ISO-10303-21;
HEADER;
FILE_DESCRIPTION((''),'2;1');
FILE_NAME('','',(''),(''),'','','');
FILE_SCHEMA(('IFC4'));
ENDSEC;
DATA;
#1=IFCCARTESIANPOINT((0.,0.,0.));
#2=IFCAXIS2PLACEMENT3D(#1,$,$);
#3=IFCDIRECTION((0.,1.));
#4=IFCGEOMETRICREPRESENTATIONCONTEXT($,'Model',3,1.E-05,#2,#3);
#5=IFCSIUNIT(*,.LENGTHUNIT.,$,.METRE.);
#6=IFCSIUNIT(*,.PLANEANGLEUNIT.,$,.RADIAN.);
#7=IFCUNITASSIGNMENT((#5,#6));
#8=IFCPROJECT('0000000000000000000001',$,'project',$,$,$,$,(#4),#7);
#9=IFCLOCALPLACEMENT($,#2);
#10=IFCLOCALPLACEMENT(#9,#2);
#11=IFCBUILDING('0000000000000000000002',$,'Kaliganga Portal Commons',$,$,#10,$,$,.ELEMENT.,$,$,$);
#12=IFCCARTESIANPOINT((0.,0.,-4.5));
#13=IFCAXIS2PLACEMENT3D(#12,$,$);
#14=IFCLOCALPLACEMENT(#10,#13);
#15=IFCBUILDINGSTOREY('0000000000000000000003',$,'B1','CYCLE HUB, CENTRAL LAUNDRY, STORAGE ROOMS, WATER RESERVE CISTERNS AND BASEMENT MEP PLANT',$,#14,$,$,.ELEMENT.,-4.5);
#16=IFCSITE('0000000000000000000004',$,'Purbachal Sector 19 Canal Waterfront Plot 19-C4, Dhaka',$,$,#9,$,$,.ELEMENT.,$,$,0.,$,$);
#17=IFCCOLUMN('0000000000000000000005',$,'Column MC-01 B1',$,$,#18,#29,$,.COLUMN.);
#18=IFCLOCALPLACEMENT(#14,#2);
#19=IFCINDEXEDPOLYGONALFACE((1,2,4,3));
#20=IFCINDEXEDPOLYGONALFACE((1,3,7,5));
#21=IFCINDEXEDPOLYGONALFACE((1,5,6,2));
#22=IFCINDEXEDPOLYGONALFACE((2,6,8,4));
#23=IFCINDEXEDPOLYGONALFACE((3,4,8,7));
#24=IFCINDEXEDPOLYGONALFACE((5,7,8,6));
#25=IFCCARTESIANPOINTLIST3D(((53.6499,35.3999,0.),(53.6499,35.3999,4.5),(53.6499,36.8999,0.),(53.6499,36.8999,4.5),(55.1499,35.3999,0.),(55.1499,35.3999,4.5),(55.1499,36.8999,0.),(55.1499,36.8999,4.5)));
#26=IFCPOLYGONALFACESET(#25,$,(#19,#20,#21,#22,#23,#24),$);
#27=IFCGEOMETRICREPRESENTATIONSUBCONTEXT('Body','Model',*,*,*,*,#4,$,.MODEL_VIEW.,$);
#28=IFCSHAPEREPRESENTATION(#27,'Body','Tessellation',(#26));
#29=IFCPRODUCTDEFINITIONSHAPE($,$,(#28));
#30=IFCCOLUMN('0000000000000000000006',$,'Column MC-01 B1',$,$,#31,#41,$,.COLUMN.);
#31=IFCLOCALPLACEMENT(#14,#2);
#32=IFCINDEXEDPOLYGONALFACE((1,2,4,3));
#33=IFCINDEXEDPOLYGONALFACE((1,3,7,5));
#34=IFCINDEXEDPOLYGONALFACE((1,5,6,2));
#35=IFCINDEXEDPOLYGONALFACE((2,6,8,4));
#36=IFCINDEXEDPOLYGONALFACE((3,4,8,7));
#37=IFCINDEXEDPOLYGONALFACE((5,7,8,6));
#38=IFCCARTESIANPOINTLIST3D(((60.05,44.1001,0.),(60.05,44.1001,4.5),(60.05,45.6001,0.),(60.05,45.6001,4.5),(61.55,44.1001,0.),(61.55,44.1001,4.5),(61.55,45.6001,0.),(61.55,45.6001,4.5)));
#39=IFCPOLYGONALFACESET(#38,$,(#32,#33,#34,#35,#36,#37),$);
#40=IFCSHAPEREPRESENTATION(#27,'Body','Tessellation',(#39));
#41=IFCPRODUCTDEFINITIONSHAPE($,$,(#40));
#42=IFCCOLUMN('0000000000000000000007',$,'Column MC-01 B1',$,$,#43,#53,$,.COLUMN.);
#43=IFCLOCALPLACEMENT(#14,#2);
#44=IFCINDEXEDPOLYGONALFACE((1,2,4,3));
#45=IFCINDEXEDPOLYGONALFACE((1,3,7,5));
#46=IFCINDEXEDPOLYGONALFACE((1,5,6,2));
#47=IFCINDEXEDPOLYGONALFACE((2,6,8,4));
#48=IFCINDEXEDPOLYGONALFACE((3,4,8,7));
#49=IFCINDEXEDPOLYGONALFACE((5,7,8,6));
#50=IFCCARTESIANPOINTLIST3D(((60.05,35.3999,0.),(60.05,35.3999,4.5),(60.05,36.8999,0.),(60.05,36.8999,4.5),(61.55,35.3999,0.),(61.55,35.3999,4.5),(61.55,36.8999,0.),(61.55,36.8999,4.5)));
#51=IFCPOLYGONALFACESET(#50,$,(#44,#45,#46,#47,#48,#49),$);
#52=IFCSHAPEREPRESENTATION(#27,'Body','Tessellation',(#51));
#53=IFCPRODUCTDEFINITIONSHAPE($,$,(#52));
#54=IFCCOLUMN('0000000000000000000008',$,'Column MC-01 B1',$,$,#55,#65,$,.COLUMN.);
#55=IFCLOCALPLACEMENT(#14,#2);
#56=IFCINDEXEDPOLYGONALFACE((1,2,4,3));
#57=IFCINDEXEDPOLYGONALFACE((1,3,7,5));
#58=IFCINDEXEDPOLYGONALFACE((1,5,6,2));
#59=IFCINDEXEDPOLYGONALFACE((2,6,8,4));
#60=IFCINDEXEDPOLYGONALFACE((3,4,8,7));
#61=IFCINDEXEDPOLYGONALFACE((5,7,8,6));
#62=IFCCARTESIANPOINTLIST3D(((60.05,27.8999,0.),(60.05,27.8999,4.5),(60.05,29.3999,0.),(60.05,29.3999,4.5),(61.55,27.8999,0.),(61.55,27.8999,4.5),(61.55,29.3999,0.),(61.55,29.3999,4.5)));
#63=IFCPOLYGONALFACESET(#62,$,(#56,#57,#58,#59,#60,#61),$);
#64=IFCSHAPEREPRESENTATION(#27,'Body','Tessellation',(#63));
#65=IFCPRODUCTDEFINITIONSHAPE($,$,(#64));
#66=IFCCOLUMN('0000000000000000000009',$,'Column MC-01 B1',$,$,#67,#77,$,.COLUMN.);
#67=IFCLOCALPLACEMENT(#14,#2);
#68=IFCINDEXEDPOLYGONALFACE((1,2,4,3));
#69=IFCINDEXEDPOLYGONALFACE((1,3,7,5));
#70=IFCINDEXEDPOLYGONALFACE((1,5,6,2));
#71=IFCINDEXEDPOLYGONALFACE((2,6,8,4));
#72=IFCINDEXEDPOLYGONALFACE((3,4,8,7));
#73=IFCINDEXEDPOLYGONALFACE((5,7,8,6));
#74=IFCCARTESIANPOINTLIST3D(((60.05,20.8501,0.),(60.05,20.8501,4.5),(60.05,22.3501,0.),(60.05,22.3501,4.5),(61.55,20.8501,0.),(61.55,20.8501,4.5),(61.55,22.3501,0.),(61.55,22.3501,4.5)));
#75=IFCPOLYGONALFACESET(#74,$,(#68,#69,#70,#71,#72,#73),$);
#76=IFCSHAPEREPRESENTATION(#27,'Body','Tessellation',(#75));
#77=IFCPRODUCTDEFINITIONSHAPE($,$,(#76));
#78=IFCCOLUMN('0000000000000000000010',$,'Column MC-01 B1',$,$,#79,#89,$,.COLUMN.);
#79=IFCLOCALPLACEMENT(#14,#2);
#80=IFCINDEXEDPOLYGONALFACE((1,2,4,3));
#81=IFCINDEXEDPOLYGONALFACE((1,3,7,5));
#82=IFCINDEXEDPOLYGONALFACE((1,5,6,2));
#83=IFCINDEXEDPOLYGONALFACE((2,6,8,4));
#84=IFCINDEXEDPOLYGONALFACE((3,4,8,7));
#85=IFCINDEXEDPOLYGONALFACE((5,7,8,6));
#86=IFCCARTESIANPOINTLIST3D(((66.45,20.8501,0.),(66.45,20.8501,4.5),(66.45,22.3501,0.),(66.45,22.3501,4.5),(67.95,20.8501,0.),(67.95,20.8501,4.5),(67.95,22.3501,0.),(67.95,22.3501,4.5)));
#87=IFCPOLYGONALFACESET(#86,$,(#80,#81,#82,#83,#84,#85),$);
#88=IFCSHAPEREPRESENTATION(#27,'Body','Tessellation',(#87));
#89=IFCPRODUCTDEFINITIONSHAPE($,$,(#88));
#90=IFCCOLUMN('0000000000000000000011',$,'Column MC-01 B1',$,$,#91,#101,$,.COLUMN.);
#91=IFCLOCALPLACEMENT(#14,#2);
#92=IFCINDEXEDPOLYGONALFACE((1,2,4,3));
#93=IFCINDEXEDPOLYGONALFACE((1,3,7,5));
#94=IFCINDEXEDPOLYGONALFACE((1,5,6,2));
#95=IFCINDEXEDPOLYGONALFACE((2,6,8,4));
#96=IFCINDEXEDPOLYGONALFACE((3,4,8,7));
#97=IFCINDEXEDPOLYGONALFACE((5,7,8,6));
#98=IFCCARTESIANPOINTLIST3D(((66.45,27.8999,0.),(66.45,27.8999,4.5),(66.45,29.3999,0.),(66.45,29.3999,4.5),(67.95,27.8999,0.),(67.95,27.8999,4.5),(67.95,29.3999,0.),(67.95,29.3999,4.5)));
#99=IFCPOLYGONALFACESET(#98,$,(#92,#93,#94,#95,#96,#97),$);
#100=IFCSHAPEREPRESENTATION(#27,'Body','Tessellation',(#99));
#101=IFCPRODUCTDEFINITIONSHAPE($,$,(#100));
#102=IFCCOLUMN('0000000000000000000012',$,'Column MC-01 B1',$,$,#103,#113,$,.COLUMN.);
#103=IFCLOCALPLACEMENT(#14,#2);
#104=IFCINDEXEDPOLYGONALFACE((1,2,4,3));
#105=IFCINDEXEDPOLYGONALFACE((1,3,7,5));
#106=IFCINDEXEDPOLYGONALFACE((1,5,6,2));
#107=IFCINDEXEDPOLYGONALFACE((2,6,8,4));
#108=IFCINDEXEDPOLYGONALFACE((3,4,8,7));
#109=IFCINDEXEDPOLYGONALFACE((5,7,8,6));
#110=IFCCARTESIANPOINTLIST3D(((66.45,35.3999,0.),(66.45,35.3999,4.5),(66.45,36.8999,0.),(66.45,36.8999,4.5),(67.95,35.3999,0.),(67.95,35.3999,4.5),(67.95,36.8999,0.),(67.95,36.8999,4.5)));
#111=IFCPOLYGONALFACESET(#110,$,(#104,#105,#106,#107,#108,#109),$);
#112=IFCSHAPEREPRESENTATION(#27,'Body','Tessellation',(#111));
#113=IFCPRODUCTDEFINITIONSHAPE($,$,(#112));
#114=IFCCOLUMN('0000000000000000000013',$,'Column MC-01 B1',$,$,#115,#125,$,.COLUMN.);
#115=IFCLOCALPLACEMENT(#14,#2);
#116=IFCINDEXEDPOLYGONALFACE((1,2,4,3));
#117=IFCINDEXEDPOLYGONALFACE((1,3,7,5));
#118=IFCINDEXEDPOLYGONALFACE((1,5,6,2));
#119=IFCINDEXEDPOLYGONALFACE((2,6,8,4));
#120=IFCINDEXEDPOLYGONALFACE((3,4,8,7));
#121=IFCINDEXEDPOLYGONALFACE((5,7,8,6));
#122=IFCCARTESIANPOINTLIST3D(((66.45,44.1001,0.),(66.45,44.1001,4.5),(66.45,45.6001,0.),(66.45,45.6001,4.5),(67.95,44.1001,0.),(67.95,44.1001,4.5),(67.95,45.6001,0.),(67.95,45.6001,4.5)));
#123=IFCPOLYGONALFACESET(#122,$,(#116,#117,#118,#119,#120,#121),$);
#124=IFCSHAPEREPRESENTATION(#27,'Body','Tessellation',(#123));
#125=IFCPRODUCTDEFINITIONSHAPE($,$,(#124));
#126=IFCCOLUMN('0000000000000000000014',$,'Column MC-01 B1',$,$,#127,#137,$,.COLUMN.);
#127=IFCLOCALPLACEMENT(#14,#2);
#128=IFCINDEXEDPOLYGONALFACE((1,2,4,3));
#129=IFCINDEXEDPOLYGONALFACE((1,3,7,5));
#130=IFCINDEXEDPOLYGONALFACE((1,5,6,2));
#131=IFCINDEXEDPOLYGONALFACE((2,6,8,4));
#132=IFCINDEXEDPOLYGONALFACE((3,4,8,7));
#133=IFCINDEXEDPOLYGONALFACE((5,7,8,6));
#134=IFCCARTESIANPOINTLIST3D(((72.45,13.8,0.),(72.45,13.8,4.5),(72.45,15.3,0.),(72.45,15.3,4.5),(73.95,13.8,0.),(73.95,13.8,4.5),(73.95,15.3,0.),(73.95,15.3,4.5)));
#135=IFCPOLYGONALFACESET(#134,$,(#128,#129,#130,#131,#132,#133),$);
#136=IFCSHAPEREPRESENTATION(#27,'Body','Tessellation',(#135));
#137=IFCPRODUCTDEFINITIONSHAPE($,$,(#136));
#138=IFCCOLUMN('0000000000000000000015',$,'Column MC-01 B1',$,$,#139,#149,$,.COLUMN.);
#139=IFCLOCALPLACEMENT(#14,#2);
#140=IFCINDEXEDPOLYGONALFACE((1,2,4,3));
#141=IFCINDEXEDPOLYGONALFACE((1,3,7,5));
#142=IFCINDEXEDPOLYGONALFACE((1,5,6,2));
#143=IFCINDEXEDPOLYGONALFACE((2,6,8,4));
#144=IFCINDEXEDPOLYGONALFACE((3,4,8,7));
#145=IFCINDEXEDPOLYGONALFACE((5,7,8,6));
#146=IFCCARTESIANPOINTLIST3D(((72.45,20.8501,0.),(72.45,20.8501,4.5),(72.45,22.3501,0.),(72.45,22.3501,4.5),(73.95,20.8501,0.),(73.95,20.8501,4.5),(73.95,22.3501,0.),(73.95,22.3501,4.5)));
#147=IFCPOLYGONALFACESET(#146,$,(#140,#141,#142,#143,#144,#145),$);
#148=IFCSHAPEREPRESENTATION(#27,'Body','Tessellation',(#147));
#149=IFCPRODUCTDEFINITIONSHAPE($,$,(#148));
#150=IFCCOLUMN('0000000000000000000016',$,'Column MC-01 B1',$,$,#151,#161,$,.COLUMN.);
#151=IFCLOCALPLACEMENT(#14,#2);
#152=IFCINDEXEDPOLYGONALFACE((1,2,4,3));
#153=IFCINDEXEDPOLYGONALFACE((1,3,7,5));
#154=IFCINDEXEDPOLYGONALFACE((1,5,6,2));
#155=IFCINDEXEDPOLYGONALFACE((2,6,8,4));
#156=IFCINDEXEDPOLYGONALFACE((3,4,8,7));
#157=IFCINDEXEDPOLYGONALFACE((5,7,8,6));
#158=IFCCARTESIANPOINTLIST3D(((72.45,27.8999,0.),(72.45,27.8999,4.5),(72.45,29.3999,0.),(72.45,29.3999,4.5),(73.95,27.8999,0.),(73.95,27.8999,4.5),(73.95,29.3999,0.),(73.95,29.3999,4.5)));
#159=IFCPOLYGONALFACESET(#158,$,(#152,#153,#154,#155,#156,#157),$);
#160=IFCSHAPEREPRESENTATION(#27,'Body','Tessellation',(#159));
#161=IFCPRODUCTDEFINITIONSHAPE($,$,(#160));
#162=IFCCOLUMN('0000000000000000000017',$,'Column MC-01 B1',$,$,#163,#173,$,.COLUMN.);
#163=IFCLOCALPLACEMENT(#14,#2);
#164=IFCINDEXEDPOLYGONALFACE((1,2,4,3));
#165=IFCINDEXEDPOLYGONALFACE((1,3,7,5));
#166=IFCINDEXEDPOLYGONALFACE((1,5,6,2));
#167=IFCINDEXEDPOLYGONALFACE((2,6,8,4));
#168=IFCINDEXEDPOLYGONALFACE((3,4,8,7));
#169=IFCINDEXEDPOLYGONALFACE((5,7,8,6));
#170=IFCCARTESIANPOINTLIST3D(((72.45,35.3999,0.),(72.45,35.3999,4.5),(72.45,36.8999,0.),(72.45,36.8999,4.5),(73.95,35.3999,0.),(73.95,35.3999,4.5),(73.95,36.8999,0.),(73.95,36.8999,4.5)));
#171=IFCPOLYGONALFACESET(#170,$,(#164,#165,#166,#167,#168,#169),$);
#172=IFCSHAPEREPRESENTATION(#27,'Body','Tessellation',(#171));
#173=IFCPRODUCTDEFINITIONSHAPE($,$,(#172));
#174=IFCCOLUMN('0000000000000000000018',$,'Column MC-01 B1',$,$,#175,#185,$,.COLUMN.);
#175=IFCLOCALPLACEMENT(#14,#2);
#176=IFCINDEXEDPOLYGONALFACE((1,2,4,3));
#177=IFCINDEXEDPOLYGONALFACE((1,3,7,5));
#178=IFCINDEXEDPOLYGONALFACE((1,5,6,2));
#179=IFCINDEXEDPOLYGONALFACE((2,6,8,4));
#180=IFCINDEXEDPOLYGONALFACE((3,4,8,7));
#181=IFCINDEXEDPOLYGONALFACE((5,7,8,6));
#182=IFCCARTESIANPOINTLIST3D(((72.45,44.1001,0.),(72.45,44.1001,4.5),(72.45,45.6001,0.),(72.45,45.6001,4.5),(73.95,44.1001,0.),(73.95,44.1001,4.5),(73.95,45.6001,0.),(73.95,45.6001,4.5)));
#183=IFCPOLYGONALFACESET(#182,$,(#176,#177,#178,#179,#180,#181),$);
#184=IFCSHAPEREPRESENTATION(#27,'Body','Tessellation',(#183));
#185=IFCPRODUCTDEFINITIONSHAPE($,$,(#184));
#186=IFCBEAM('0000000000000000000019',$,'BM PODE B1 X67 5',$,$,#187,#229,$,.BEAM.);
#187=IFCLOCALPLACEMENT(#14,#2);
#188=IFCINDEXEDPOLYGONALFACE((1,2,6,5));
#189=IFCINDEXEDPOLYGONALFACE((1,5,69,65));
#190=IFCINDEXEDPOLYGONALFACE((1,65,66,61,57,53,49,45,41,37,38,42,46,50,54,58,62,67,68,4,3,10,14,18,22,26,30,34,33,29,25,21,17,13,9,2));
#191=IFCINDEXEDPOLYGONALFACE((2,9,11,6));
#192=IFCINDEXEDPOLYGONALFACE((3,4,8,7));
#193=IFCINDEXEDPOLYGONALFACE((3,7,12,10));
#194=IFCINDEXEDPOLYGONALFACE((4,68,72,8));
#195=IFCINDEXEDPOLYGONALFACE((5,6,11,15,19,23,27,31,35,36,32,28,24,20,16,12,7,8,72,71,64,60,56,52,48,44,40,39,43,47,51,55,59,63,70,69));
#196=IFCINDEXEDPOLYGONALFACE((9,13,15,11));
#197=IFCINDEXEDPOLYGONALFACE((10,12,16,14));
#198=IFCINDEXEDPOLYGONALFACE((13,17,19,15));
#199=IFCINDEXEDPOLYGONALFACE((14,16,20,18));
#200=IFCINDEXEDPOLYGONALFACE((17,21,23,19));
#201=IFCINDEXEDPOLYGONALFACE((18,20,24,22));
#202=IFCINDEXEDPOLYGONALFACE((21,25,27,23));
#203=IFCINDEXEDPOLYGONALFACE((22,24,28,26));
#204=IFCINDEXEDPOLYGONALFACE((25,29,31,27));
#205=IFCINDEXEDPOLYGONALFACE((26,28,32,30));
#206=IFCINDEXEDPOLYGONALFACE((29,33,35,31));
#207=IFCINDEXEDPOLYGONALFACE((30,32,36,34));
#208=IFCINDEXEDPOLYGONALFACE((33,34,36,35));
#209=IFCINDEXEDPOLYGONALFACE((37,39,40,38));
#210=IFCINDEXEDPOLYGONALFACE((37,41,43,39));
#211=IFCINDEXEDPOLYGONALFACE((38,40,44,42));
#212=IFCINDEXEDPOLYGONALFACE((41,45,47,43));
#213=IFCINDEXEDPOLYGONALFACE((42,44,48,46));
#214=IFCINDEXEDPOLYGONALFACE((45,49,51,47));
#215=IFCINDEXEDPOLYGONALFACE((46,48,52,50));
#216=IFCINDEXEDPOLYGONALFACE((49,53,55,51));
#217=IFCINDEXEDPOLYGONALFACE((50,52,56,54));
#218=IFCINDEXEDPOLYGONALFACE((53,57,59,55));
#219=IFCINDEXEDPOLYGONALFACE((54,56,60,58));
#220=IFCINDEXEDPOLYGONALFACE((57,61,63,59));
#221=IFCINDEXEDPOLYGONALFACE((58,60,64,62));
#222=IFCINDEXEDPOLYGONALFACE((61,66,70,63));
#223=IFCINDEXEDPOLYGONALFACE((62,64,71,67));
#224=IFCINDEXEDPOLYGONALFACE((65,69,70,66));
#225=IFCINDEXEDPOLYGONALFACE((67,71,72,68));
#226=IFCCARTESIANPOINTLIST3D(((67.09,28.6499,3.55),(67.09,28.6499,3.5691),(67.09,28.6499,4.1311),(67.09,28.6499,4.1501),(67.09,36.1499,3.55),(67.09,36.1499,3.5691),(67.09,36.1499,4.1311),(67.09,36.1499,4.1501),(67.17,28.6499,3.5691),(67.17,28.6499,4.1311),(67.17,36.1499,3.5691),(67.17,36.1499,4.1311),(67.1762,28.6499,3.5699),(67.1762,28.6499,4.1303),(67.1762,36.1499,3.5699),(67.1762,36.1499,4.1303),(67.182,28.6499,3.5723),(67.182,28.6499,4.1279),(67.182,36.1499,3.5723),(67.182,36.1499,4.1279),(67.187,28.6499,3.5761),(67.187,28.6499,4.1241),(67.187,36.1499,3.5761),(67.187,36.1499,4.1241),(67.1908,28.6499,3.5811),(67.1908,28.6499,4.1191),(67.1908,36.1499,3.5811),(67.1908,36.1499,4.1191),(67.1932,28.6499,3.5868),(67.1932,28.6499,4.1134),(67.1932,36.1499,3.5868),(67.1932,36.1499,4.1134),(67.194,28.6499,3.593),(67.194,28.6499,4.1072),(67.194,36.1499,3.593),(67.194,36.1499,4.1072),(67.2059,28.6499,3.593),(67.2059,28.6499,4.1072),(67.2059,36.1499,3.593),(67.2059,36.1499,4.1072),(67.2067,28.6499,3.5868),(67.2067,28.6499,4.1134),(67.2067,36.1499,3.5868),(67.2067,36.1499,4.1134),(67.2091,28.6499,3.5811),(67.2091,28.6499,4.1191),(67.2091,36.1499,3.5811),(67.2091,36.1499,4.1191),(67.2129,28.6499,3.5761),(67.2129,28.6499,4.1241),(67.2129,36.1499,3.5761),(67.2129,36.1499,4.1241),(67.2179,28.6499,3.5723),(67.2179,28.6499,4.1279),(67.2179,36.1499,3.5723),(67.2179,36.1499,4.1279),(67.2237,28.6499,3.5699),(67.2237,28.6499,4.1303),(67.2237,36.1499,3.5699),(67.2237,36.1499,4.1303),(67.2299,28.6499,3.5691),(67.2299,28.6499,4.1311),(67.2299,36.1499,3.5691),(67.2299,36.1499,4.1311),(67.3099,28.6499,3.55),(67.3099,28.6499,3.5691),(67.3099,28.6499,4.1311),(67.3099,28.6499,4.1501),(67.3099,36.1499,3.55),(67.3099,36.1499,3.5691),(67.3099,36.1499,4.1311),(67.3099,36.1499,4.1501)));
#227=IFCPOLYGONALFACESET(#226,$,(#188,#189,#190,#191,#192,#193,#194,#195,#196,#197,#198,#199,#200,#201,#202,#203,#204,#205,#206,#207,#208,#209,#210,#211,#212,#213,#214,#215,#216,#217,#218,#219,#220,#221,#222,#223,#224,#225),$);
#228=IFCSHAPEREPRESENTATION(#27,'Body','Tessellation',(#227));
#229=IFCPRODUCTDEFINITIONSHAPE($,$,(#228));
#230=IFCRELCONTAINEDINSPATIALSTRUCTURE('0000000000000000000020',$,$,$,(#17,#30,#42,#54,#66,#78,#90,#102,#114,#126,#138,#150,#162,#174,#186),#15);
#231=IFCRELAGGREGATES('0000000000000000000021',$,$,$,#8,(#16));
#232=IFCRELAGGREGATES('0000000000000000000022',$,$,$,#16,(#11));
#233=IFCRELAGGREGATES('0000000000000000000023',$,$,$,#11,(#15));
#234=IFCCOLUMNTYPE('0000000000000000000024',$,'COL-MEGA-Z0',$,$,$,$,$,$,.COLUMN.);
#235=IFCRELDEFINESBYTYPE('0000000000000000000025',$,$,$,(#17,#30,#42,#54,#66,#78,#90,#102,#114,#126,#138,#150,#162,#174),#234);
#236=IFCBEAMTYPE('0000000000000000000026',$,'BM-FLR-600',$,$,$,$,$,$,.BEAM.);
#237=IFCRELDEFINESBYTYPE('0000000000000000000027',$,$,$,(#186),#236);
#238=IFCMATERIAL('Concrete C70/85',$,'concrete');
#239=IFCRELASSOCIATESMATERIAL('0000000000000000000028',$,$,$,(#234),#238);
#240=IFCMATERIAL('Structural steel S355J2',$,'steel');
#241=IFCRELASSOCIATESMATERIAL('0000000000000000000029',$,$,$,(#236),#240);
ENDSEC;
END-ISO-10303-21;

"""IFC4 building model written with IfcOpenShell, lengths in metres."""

from ifc_helpers import new_model, si_unit, direction, frame, origin, origin_2d, place, context, subcontext, project, spatial, rectangle, i_section, extrude, source, transform, mapped, material, material_profile, profile_set, type_object, element, save


model = new_model("IFC4")

# Units and contexts
model_context = context("Model", 3, precision=1e-05, world=origin(), true_north=direction((0.0, 1.0)))
body_context = subcontext(model_context, "Body", "Model", "MODEL_VIEW")
ifc_project = project(units=[si_unit("LENGTHUNIT", "METRE"), si_unit("PLANEANGLEUNIT", "RADIAN")], contexts=[model_context])

# Site, building, storey
site_placement = place(None, origin())
site = spatial("IfcSite", under=ifc_project, at=site_placement, Name="Purbachal Sector 19 Canal Waterfront Plot 19-C4, Dhaka", CompositionType="ELEMENT", RefElevation=0.0)
building_placement = place(site_placement, origin())
building = spatial("IfcBuilding", under=site, at=building_placement, Name="Kaliganga Portal Commons", CompositionType="ELEMENT")
storey_placement = place(building_placement, frame((0.0, 0.0, -4.5)))
storey = spatial("IfcBuildingStorey", under=building, at=storey_placement, Name="B1", Description="CYCLE HUB, CENTRAL LAUNDRY, STORAGE ROOMS, WATER RESERVE CISTERNS AND BASEMENT MEP PLANT", CompositionType="ELEMENT", Elevation=-4.5)

# Columns
ifc_material_1 = material(Name="Concrete C70/85", Category="concrete")
ifc_material_profile_1 = material_profile(ifc_material_1, rectangle(XDim=1.5, YDim=1.5, at=origin_2d()), Name="RC 1500x1500")
ifc_profile_set_1 = profile_set([ifc_material_profile_1], Name="Concrete C70/85")
column_type = type_object("IfcColumnType", Name="COL-MEGA-Z0", PredefinedType="COLUMN", material=ifc_profile_set_1)
shared_shape_1 = source(origin(), body_context, "Body", "SweptSolid", [
    extrude(rectangle(XDim=1.5, YDim=1.5, at=origin_2d()), origin(), (0.0, 0.0, 1.0), 4.5),
])
for number, where, z_axis, x_axis, name in (
    (1, (54.3999, 36.1499, 0.0), (0.0, 0.0, 1.0), (1.0, 0.0, 0.0), "Column MC-01 B1"),
    (2, (60.8, 44.8501, 0.0), (0.0, 0.0, 1.0), (1.0, 0.0, 0.0), "Column MC-01 B1"),
    (3, (60.8, 36.1499, 0.0), (0.0, 0.0, 1.0), (1.0, 0.0, 0.0), "Column MC-01 B1"),
    (4, (60.8, 28.6499, 0.0), (0.0, 0.0, 1.0), (1.0, 0.0, 0.0), "Column MC-01 B1"),
    (5, (60.8, 21.6001, 0.0), (0.0, 0.0, 1.0), (1.0, 0.0, 0.0), "Column MC-01 B1"),
    (6, (67.2, 21.6001, 0.0), (0.0, 0.0, 1.0), (1.0, 0.0, 0.0), "Column MC-01 B1"),
    (7, (67.2, 28.6499, 0.0), (0.0, 0.0, 1.0), (1.0, 0.0, 0.0), "Column MC-01 B1"),
    (8, (67.2, 36.1499, 0.0), (0.0, 0.0, 1.0), (1.0, 0.0, 0.0), "Column MC-01 B1"),
    (9, (67.2, 44.8501, 0.0), (0.0, 0.0, 1.0), (1.0, 0.0, 0.0), "Column MC-01 B1"),
    (10, (73.2, 14.55, 0.0), (0.0, 0.0, 1.0), (1.0, 0.0, 0.0), "Column MC-01 B1"),
    (11, (73.2, 21.6001, 0.0), (0.0, 0.0, 1.0), (1.0, 0.0, 0.0), "Column MC-01 B1"),
    (12, (73.2, 28.6499, 0.0), (0.0, 0.0, 1.0), (1.0, 0.0, 0.0), "Column MC-01 B1"),
    (13, (73.2, 36.1499, 0.0), (0.0, 0.0, 1.0), (1.0, 0.0, 0.0), "Column MC-01 B1"),
    (14, (73.2, 44.8501, 0.0), (0.0, 0.0, 1.0), (1.0, 0.0, 0.0), "Column MC-01 B1"),
):
    element("IfcColumn", number, at=place(storey_placement, frame(where, z_axis=z_axis, x_axis=x_axis)), inside=storey, type_object=column_type, Name=name, PredefinedType="COLUMN", context=body_context, shape_type="MappedRepresentation", body=[
        mapped(shared_shape_1, transform((0.0, 0.0, 0.0), x_axis=(1.0, 0.0, 0.0), y_axis=(0.0, 1.0, 0.0), z_axis=(0.0, 0.0, 1.0), scale=1.0)),
    ])

# Beam
ifc_material_2 = material(Name="Structural steel S355J2", Category="steel")
ifc_material_profile_2 = material_profile(ifc_material_2, i_section(OverallWidth=0.22, OverallDepth=0.6001, WebThickness=0.012, FlangeThickness=0.019, FilletRadius=0.0239, at=origin_2d()), Name="IPE 600")
ifc_profile_set_2 = profile_set([ifc_material_profile_2], Name="Structural steel S355J2 wide-flange")
beam_type_1 = type_object("IfcBeamType", Name="BM-FLR-600", PredefinedType="BEAM", material=ifc_profile_set_2)
shared_shape_2 = source(origin(), body_context, "Body", "SweptSolid", [
    extrude(i_section(OverallWidth=0.22, OverallDepth=0.6001, WebThickness=0.012, FlangeThickness=0.019, FilletRadius=0.0239, at=origin_2d()), origin(), (0.0, 0.0, 1.0), 7.5),
])
for number, where, z_axis, x_axis, name in (
    (15, (67.2, 28.6499, 3.8501), (0.0, 1.0, 0.0), (-1.0, 0.0, 0.0), "BM PODE B1 X67 5"),
):
    element("IfcBeam", number, at=place(storey_placement, frame(where, z_axis=z_axis, x_axis=x_axis)), inside=storey, type_object=beam_type_1, Name=name, PredefinedType="BEAM", context=body_context, shape_type="MappedRepresentation", body=[
        mapped(shared_shape_2, transform((0.0, 0.0, 0.0), x_axis=(1.0, 0.0, 0.0), y_axis=(0.0, 1.0, 0.0), z_axis=(0.0, 0.0, 1.0), scale=1.0)),
    ])

save(model, "model.ifc")
